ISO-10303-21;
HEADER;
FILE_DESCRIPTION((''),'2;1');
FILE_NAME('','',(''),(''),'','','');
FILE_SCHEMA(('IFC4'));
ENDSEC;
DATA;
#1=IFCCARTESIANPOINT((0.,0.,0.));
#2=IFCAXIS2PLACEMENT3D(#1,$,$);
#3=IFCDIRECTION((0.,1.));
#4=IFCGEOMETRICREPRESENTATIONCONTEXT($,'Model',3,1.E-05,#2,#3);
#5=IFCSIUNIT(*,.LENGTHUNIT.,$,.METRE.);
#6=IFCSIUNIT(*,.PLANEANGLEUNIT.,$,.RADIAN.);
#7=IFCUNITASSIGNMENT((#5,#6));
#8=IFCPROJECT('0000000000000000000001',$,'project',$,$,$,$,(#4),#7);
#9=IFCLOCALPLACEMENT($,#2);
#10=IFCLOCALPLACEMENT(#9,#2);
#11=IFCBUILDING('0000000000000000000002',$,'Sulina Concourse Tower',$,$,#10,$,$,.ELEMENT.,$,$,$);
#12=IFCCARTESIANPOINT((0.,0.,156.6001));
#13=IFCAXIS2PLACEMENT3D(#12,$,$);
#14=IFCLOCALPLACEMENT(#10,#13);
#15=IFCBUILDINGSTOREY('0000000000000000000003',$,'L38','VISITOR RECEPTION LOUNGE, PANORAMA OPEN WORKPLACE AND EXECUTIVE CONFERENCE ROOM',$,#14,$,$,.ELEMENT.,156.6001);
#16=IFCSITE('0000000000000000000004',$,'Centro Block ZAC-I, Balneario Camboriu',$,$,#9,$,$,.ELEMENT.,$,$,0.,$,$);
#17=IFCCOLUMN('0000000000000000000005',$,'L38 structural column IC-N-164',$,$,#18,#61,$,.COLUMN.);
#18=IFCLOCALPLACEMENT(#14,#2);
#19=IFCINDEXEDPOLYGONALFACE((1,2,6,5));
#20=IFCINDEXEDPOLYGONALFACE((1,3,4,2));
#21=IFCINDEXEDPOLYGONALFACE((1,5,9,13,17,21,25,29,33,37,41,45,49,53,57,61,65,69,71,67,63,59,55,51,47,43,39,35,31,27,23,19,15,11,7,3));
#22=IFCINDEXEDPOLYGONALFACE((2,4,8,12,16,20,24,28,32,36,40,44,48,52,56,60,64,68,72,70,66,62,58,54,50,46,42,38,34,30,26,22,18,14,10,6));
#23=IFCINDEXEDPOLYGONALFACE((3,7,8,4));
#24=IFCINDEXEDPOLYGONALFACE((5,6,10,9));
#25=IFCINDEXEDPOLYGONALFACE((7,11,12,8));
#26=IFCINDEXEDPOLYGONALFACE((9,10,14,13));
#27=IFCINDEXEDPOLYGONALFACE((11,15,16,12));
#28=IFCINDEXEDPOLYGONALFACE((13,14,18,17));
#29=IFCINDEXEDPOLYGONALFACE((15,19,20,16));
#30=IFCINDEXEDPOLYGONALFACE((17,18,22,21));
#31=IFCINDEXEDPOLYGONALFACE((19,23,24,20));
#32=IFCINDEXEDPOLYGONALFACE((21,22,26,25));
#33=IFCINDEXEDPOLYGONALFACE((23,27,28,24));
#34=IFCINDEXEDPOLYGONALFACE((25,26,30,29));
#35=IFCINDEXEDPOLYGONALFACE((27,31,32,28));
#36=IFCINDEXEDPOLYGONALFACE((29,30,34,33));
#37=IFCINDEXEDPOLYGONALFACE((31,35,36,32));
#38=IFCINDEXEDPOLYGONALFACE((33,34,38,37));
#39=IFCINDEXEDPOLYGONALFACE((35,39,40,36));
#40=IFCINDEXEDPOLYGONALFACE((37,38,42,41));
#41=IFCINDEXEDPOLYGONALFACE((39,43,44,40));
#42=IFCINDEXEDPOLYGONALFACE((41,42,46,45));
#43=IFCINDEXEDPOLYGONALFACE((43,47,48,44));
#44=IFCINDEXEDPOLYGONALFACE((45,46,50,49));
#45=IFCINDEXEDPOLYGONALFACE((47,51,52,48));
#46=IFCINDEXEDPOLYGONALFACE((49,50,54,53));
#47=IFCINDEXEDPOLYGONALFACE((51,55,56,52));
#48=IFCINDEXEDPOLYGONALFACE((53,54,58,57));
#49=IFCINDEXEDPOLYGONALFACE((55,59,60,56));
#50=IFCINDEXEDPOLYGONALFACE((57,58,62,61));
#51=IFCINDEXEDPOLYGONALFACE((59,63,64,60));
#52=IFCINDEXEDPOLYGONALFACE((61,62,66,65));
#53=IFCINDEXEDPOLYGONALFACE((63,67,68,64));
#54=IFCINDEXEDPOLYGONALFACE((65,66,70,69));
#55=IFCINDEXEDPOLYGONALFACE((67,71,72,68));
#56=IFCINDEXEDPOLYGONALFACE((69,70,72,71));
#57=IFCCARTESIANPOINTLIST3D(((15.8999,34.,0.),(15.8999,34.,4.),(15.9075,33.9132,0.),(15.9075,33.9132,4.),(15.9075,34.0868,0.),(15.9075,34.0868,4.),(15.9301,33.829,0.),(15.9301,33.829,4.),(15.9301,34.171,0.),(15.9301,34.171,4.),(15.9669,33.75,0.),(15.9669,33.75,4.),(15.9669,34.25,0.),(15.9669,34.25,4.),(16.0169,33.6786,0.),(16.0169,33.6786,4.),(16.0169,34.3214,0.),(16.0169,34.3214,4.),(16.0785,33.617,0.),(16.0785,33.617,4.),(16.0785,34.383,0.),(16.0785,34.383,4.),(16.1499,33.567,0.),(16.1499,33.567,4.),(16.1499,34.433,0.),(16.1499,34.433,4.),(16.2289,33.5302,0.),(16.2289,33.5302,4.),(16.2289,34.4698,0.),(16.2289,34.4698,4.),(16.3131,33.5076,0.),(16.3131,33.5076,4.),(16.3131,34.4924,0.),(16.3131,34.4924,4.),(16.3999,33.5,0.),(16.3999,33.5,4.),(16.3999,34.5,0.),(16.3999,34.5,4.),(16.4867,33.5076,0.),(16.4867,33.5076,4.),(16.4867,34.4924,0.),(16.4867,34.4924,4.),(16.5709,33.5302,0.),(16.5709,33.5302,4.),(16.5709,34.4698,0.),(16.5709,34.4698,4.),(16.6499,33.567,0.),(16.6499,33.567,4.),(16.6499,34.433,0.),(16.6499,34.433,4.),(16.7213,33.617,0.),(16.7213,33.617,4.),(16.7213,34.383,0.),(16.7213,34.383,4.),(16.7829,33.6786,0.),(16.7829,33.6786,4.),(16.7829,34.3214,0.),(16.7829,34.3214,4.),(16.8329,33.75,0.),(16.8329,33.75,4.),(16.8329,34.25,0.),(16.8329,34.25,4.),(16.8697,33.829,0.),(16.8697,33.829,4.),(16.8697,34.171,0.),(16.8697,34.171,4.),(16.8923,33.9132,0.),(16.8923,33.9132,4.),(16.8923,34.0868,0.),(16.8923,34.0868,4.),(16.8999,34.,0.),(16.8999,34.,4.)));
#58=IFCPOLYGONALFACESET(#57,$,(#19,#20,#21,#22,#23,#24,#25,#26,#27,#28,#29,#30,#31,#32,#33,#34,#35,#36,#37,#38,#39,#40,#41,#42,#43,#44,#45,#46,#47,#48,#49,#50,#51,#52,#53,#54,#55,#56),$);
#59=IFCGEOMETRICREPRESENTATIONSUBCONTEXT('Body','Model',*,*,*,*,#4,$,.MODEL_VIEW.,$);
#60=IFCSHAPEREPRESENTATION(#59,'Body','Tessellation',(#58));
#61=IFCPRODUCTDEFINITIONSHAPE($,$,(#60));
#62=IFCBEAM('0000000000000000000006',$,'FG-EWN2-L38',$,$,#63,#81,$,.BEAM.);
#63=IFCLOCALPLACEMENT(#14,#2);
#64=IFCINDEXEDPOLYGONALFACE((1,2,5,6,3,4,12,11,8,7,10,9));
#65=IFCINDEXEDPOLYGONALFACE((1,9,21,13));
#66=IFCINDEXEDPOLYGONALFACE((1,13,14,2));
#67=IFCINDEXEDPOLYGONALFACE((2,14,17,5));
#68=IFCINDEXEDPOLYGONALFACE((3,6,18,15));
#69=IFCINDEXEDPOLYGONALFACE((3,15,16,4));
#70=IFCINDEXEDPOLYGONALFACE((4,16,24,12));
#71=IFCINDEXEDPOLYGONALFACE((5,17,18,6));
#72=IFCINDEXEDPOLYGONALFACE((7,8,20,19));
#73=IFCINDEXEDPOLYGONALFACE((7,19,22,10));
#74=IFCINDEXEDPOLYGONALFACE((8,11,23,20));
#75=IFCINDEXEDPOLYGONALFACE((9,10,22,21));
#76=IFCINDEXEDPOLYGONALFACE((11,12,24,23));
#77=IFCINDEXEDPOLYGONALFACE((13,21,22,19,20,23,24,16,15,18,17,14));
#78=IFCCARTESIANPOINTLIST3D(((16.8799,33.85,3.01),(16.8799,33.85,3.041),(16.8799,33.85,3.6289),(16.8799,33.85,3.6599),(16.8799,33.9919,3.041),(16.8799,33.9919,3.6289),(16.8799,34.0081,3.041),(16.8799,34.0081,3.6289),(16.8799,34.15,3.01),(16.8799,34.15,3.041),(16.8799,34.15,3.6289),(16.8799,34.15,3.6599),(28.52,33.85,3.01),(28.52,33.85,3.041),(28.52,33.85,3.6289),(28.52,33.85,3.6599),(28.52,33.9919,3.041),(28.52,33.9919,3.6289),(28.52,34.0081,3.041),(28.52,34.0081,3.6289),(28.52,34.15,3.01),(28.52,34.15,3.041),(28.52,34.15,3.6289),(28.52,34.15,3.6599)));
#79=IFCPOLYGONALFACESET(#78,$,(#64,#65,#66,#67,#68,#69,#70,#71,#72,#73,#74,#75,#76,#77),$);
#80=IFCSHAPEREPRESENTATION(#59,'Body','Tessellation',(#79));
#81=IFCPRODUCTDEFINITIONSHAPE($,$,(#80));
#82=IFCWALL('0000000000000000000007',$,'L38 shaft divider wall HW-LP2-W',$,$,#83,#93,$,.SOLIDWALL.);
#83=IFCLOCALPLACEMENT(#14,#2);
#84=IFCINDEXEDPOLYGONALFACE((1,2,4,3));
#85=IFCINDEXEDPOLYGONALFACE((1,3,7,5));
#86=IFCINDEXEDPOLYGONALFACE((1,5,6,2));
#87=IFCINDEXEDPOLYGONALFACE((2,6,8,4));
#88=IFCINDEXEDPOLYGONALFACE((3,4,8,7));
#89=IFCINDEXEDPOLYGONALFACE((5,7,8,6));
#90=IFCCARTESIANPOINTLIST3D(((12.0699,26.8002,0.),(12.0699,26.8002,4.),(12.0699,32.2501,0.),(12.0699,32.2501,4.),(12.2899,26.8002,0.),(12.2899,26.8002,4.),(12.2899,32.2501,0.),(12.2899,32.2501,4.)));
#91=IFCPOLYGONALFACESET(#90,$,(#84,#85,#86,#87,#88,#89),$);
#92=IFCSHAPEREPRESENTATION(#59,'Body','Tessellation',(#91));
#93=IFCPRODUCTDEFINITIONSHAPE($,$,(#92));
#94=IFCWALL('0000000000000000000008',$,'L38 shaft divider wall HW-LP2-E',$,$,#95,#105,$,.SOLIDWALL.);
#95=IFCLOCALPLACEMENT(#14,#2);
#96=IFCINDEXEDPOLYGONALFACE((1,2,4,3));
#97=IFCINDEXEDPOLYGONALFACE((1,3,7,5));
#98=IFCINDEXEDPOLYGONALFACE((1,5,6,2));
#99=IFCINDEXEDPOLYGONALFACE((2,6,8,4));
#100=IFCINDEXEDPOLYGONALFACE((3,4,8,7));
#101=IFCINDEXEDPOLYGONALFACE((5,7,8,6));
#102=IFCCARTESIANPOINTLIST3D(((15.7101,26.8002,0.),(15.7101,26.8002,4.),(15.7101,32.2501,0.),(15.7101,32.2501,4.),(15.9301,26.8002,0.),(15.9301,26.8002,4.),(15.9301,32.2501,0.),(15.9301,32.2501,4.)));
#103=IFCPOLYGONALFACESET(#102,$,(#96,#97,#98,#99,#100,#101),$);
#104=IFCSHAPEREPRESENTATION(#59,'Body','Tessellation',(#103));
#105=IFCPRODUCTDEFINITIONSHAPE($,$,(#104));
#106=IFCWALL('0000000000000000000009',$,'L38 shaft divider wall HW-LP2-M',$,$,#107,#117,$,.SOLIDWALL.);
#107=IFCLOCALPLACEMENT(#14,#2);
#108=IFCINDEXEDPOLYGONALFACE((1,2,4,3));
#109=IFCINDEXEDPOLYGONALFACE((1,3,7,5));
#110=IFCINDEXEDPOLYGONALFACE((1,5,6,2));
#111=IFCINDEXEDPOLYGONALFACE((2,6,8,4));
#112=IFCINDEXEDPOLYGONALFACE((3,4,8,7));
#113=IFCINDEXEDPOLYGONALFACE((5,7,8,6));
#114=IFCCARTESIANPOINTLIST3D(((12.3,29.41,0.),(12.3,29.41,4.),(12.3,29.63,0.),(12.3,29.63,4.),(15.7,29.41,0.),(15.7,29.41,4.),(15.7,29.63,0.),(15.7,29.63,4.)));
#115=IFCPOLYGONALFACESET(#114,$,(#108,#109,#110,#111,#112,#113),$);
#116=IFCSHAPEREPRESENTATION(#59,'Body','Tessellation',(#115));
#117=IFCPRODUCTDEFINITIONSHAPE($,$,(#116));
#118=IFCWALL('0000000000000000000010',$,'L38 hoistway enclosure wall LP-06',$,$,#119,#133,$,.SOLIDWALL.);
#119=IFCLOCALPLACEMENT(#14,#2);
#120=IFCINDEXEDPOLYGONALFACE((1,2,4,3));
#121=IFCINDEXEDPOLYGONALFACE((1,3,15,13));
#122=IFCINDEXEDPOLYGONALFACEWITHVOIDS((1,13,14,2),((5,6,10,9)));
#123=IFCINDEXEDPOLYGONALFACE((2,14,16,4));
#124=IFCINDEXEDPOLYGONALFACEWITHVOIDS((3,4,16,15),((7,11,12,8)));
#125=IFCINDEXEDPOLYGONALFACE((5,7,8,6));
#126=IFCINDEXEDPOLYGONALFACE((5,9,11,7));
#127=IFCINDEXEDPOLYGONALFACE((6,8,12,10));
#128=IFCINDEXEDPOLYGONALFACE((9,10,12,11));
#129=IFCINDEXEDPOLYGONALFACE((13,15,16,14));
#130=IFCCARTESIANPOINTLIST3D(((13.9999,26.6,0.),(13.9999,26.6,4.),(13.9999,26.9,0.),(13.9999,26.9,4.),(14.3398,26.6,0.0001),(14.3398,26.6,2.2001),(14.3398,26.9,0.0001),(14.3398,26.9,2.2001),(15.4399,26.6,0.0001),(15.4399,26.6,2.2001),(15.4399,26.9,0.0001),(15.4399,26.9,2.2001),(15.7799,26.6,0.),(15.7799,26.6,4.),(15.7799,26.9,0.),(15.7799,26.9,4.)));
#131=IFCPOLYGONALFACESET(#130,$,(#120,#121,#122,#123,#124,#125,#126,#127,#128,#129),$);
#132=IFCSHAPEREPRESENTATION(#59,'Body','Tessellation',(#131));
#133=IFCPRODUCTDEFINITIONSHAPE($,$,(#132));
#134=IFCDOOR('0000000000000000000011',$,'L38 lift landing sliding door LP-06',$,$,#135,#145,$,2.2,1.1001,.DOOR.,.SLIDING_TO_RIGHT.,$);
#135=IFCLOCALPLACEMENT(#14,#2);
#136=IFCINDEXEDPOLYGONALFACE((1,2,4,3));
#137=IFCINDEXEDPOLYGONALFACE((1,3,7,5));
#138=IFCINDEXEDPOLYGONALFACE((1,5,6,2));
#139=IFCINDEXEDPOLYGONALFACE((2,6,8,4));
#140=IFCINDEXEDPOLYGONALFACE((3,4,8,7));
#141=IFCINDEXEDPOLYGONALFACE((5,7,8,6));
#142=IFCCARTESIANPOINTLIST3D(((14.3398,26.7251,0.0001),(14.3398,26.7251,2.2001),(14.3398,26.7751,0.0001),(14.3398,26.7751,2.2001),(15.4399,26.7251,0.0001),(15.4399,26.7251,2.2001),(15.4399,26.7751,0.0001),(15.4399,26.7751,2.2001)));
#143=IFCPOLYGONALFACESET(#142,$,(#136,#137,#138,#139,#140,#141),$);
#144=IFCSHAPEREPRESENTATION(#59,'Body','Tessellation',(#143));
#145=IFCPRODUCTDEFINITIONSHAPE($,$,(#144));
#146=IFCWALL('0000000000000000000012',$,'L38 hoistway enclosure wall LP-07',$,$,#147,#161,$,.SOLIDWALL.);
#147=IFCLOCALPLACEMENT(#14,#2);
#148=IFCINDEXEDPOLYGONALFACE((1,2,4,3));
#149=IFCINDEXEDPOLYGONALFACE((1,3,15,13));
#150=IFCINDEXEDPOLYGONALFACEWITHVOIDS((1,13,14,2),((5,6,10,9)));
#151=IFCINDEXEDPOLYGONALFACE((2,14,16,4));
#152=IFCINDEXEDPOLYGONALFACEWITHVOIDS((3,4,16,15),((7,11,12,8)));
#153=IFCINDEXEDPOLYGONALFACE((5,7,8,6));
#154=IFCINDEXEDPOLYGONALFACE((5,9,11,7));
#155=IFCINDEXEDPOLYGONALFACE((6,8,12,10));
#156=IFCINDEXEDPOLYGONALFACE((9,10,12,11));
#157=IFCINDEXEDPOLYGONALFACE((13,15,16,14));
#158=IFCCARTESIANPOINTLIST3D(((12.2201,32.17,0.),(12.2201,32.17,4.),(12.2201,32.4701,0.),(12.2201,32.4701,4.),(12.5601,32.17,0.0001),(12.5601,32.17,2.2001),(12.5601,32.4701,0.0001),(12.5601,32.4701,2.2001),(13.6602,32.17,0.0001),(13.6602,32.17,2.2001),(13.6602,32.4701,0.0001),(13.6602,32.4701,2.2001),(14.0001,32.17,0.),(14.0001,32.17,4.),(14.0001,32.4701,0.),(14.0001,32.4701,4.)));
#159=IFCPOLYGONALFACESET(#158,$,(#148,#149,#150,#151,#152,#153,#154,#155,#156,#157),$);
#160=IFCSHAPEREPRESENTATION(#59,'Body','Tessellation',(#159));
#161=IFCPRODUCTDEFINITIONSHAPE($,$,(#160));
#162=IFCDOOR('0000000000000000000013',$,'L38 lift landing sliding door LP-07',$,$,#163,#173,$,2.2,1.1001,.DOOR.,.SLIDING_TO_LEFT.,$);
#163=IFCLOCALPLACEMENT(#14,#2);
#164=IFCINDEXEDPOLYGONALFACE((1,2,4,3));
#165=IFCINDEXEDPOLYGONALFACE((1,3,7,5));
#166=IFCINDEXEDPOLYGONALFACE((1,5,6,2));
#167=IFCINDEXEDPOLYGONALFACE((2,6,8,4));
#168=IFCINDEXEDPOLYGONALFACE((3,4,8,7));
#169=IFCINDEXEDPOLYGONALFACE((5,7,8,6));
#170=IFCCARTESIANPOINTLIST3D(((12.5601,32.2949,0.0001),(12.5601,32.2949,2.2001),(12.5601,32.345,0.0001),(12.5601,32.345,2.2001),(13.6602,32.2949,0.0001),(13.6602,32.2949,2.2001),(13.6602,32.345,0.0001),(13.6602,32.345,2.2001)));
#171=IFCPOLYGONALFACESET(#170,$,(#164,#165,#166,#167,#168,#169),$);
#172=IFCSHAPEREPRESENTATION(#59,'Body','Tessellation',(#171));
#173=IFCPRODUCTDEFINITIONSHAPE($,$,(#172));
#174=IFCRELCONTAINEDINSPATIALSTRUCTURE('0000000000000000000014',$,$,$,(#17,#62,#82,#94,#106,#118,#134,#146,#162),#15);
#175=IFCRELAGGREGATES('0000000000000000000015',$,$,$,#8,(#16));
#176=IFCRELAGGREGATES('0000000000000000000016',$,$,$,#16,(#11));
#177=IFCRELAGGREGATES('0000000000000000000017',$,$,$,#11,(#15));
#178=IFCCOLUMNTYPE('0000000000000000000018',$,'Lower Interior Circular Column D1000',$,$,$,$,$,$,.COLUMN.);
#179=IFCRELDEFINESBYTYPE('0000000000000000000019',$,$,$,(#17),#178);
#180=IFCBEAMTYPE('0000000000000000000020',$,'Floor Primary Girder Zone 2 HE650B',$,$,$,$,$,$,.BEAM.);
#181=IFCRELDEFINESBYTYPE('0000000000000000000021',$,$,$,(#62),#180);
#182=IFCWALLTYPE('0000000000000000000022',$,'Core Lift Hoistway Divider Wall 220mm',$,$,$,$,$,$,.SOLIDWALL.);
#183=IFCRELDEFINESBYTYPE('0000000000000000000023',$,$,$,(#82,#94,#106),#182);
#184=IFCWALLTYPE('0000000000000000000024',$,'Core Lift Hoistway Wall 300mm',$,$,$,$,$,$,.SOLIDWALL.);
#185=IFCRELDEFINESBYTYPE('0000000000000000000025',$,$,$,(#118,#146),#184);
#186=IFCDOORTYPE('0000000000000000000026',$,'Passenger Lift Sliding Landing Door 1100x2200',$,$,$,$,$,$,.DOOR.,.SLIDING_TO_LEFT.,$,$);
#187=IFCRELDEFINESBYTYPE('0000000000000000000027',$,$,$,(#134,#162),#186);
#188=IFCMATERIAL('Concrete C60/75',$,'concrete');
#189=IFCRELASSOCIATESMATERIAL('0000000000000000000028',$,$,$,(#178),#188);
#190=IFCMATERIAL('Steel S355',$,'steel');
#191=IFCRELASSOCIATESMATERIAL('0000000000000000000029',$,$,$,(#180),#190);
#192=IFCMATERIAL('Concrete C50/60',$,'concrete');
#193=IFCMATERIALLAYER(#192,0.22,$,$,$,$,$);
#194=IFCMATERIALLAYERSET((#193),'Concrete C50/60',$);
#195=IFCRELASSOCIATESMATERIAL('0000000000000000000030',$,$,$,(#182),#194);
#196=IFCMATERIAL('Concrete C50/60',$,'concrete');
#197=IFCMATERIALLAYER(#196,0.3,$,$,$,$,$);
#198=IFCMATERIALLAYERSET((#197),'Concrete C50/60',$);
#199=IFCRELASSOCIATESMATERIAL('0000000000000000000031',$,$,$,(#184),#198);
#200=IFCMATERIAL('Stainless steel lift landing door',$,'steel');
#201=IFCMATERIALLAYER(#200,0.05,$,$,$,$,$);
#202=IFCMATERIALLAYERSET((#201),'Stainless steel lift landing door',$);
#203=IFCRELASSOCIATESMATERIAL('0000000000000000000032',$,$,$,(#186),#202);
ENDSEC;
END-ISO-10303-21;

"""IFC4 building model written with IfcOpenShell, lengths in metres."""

from ifc_helpers import new_model, si_unit, direction, frame, frame_2d, origin, origin_2d, place, context, subcontext, project, spatial, rectangle, circle, i_section, extrude, material, layer, layer_set, material_profile, profile_set, type_object, element, fill, save


model = new_model("IFC4")

# Units and contexts
model_context = context("Model", 3, precision=1e-05, world=origin(), true_north=direction((0.0, 1.0)))
body_context = subcontext(model_context, "Body", "Model", "MODEL_VIEW")
ifc_project = project(units=[si_unit("LENGTHUNIT", "METRE"), si_unit("PLANEANGLEUNIT", "RADIAN")], contexts=[model_context])

# Site, building, storey
site_placement = place(None, origin())
site = spatial("IfcSite", under=ifc_project, at=site_placement, Name="Centro Block ZAC-I, Balneario Camboriu", CompositionType="ELEMENT", RefElevation=0.0)
building_placement = place(site_placement, origin())
building = spatial("IfcBuilding", under=site, at=building_placement, Name="Sulina Concourse Tower", CompositionType="ELEMENT")
storey_placement = place(building_placement, frame((0.0, 0.0, 156.6001)))
storey = spatial("IfcBuildingStorey", under=building, at=storey_placement, Name="L38", Description="VISITOR RECEPTION LOUNGE, PANORAMA OPEN WORKPLACE AND EXECUTIVE CONFERENCE ROOM", CompositionType="ELEMENT", Elevation=156.6001)

# Column
ifc_material_1 = material(Name="Concrete C60/75", Category="concrete")
ifc_material_profile_1 = material_profile(ifc_material_1, circle(Radius=0.5, at=origin_2d()), Name="RC D1000")
ifc_profile_set_1 = profile_set([ifc_material_profile_1], Name="Concrete C60/75")
column_type = type_object("IfcColumnType", Name="Lower Interior Circular Column D1000", PredefinedType="COLUMN", material=ifc_profile_set_1)
column_placement = place(storey_placement, frame((16.3999, 34.0, 0.0), z_axis=(0.0, 0.0, 1.0), x_axis=(1.0, 0.0, 0.0)))
element("IfcColumn", 1, at=column_placement, inside=storey, type_object=column_type, Name="L38 structural column IC-N-164", PredefinedType="COLUMN", context=body_context, shape_type="SweptSolid", body=[
    extrude(circle(Radius=0.5, at=origin_2d()), origin(), (0.0, 0.0, 1.0), 4.0),
])

# Beam
ifc_material_2 = material(Name="Steel S355", Category="steel")
ifc_material_profile_2 = material_profile(ifc_material_2, i_section(OverallWidth=0.3, OverallDepth=0.6499, WebThickness=0.0161, FlangeThickness=0.031, at=origin_2d()), Name="HE 650 B")
ifc_profile_set_2 = profile_set([ifc_material_profile_2], Name="Steel S355")
beam_type = type_object("IfcBeamType", Name="Floor Primary Girder Zone 2 HE650B", PredefinedType="BEAM", material=ifc_profile_set_2)
beam_placement = place(storey_placement, frame((16.8799, 34.0, 3.335), z_axis=(1.0, 0.0, 0.0), x_axis=(0.0, 1.0, 0.0)))
element("IfcBeam", 2, at=beam_placement, inside=storey, type_object=beam_type, Name="FG-EWN2-L38", PredefinedType="BEAM", context=body_context, shape_type="SweptSolid", body=[
    extrude(i_section(OverallWidth=0.3, OverallDepth=0.6499, WebThickness=0.0161, FlangeThickness=0.031, at=origin_2d()), origin(), (0.0, 0.0, 1.0), 11.6401),
])

# Walls
ifc_material_3 = material(Name="Concrete C50/60", Category="concrete")
ifc_layer_1 = layer(ifc_material_3, 0.22)
ifc_layer_set_1 = layer_set([ifc_layer_1], Name="Concrete C50/60")
wall_type_1 = type_object("IfcWallType", Name="Core Lift Hoistway Divider Wall 220mm", PredefinedType="SOLIDWALL", material=ifc_layer_set_1)
for number, where, z_axis, x_axis, name in (
    (3, (12.1799, 26.8, 0.0), (0.0, 0.0, 1.0), (0.0, 1.0, 0.0), "L38 shaft divider wall HW-LP2-W"),
    (4, (15.8201, 26.8, 0.0), (0.0, 0.0, 1.0), (0.0, 1.0, 0.0), "L38 shaft divider wall HW-LP2-E"),
):
    element("IfcWall", number, at=place(storey_placement, frame(where, z_axis=z_axis, x_axis=x_axis)), inside=storey, type_object=wall_type_1, Name=name, PredefinedType="SOLIDWALL", context=body_context, shape_type="SweptSolid", body=[
        extrude(rectangle(XDim=5.45, YDim=0.22, at=frame_2d((2.7251, 0.0))), origin(), (0.0, 0.0, 1.0), 4.0),
    ])
wall_1_placement = place(storey_placement, frame((12.3, 29.52, 0.0), z_axis=(0.0, 0.0, 1.0), x_axis=(1.0, 0.0, 0.0)))
element("IfcWall", 5, at=wall_1_placement, inside=storey, type_object=wall_type_1, Name="L38 shaft divider wall HW-LP2-M", PredefinedType="SOLIDWALL", context=body_context, shape_type="SweptSolid", body=[
    extrude(rectangle(XDim=3.3999, YDim=0.22, at=frame_2d((1.7, 0.0))), origin(), (0.0, 0.0, 1.0), 4.0),
])

# Walls, openings, doors
ifc_material_4 = material(Name="Concrete C50/60", Category="concrete")
ifc_layer_2 = layer(ifc_material_4, 0.3)
ifc_layer_set_2 = layer_set([ifc_layer_2], Name="Concrete C50/60")
wall_type_2 = type_object("IfcWallType", Name="Core Lift Hoistway Wall 300mm", PredefinedType="SOLIDWALL", material=ifc_layer_set_2)
wall_2_placement = place(storey_placement, frame((15.78, 26.75, 0.0), z_axis=(0.0, 0.0, 1.0), x_axis=(-1.0, 0.0, 0.0)))
wall_2 = element("IfcWall", 6, at=wall_2_placement, inside=storey, type_object=wall_type_2, Name="L38 hoistway enclosure wall LP-06", PredefinedType="SOLIDWALL", context=body_context, shape_type="SweptSolid", body=[
    extrude(rectangle(XDim=1.78, YDim=0.3, at=frame_2d((0.8901, 0.0))), origin(), (0.0, 0.0, 1.0), 4.0),
])
opening_1_placement = place(wall_2_placement, frame((0.3401, 0.0, 0.0)))
opening_1 = element("IfcOpeningElement", 7, at=opening_1_placement, cuts=wall_2, PredefinedType="OPENING", context=body_context, shape_type="SweptSolid", body=[
    extrude(rectangle(XDim=1.1001, YDim=2.2, at=frame_2d((0.55, 1.1001))), frame((0.0, 0.1599, 0.0), z_axis=(0.0, -1.0, 0.0), x_axis=(1.0, 0.0, 0.0)), (0.0, 0.0, 1.0), 0.3201),
])
ifc_material_5 = material(Name="Stainless steel lift landing door", Category="steel")
ifc_layer_3 = layer(ifc_material_5, 0.05)
ifc_layer_set_3 = layer_set([ifc_layer_3], Name="Stainless steel lift landing door")
door_type_1 = type_object("IfcDoorType", Name="Passenger Lift Sliding Landing Door 1100x2200", OperationType="SLIDING_TO_LEFT", PredefinedType="DOOR", material=ifc_layer_set_3)
door_1_placement = place(opening_1_placement, origin())
door_1 = element("IfcDoor", 8, at=door_1_placement, inside=storey, type_object=door_type_1, Name="L38 lift landing sliding door LP-06", OperationType="SLIDING_TO_RIGHT", OverallHeight=2.2, OverallWidth=1.1001, PredefinedType="DOOR", context=body_context, shape_type="SweptSolid", body=[
    extrude(rectangle(XDim=1.1001, YDim=2.2, at=frame_2d((0.55, 1.1001))), frame((0.0, 0.0249, 0.0), z_axis=(0.0, -1.0, 0.0), x_axis=(1.0, 0.0, 0.0)), (0.0, 0.0, 1.0), 0.05),
])
fill(opening_1, door_1)
wall_3_placement = place(storey_placement, frame((12.22, 32.3201, 0.0), z_axis=(0.0, 0.0, 1.0), x_axis=(1.0, 0.0, 0.0)))
wall_3 = element("IfcWall", 9, at=wall_3_placement, inside=storey, type_object=wall_type_2, Name="L38 hoistway enclosure wall LP-07", PredefinedType="SOLIDWALL", context=body_context, shape_type="SweptSolid", body=[
    extrude(rectangle(XDim=1.78, YDim=0.3, at=frame_2d((0.8901, 0.0))), origin(), (0.0, 0.0, 1.0), 4.0),
])
opening_2_placement = place(wall_3_placement, frame((0.3401, 0.0, 0.0)))
opening_2 = element("IfcOpeningElement", 10, at=opening_2_placement, cuts=wall_3, PredefinedType="OPENING", context=body_context, shape_type="SweptSolid", body=[
    extrude(rectangle(XDim=1.1001, YDim=2.2, at=frame_2d((0.55, 1.1001))), frame((0.0, 0.1599, 0.0), z_axis=(0.0, -1.0, 0.0), x_axis=(1.0, 0.0, 0.0)), (0.0, 0.0, 1.0), 0.3201),
])
door_2_placement = place(opening_2_placement, origin())
door_2 = element("IfcDoor", 11, at=door_2_placement, inside=storey, type_object=door_type_1, Name="L38 lift landing sliding door LP-07", OperationType="SLIDING_TO_LEFT", OverallHeight=2.2, OverallWidth=1.1001, PredefinedType="DOOR", context=body_context, shape_type="SweptSolid", body=[
    extrude(rectangle(XDim=1.1001, YDim=2.2, at=frame_2d((0.55, 1.1001))), frame((0.0, 0.0249, 0.0), z_axis=(0.0, -1.0, 0.0), x_axis=(1.0, 0.0, 0.0)), (0.0, 0.0, 1.0), 0.05),
])
fill(opening_2, door_2)

save(model, "model.ifc")
